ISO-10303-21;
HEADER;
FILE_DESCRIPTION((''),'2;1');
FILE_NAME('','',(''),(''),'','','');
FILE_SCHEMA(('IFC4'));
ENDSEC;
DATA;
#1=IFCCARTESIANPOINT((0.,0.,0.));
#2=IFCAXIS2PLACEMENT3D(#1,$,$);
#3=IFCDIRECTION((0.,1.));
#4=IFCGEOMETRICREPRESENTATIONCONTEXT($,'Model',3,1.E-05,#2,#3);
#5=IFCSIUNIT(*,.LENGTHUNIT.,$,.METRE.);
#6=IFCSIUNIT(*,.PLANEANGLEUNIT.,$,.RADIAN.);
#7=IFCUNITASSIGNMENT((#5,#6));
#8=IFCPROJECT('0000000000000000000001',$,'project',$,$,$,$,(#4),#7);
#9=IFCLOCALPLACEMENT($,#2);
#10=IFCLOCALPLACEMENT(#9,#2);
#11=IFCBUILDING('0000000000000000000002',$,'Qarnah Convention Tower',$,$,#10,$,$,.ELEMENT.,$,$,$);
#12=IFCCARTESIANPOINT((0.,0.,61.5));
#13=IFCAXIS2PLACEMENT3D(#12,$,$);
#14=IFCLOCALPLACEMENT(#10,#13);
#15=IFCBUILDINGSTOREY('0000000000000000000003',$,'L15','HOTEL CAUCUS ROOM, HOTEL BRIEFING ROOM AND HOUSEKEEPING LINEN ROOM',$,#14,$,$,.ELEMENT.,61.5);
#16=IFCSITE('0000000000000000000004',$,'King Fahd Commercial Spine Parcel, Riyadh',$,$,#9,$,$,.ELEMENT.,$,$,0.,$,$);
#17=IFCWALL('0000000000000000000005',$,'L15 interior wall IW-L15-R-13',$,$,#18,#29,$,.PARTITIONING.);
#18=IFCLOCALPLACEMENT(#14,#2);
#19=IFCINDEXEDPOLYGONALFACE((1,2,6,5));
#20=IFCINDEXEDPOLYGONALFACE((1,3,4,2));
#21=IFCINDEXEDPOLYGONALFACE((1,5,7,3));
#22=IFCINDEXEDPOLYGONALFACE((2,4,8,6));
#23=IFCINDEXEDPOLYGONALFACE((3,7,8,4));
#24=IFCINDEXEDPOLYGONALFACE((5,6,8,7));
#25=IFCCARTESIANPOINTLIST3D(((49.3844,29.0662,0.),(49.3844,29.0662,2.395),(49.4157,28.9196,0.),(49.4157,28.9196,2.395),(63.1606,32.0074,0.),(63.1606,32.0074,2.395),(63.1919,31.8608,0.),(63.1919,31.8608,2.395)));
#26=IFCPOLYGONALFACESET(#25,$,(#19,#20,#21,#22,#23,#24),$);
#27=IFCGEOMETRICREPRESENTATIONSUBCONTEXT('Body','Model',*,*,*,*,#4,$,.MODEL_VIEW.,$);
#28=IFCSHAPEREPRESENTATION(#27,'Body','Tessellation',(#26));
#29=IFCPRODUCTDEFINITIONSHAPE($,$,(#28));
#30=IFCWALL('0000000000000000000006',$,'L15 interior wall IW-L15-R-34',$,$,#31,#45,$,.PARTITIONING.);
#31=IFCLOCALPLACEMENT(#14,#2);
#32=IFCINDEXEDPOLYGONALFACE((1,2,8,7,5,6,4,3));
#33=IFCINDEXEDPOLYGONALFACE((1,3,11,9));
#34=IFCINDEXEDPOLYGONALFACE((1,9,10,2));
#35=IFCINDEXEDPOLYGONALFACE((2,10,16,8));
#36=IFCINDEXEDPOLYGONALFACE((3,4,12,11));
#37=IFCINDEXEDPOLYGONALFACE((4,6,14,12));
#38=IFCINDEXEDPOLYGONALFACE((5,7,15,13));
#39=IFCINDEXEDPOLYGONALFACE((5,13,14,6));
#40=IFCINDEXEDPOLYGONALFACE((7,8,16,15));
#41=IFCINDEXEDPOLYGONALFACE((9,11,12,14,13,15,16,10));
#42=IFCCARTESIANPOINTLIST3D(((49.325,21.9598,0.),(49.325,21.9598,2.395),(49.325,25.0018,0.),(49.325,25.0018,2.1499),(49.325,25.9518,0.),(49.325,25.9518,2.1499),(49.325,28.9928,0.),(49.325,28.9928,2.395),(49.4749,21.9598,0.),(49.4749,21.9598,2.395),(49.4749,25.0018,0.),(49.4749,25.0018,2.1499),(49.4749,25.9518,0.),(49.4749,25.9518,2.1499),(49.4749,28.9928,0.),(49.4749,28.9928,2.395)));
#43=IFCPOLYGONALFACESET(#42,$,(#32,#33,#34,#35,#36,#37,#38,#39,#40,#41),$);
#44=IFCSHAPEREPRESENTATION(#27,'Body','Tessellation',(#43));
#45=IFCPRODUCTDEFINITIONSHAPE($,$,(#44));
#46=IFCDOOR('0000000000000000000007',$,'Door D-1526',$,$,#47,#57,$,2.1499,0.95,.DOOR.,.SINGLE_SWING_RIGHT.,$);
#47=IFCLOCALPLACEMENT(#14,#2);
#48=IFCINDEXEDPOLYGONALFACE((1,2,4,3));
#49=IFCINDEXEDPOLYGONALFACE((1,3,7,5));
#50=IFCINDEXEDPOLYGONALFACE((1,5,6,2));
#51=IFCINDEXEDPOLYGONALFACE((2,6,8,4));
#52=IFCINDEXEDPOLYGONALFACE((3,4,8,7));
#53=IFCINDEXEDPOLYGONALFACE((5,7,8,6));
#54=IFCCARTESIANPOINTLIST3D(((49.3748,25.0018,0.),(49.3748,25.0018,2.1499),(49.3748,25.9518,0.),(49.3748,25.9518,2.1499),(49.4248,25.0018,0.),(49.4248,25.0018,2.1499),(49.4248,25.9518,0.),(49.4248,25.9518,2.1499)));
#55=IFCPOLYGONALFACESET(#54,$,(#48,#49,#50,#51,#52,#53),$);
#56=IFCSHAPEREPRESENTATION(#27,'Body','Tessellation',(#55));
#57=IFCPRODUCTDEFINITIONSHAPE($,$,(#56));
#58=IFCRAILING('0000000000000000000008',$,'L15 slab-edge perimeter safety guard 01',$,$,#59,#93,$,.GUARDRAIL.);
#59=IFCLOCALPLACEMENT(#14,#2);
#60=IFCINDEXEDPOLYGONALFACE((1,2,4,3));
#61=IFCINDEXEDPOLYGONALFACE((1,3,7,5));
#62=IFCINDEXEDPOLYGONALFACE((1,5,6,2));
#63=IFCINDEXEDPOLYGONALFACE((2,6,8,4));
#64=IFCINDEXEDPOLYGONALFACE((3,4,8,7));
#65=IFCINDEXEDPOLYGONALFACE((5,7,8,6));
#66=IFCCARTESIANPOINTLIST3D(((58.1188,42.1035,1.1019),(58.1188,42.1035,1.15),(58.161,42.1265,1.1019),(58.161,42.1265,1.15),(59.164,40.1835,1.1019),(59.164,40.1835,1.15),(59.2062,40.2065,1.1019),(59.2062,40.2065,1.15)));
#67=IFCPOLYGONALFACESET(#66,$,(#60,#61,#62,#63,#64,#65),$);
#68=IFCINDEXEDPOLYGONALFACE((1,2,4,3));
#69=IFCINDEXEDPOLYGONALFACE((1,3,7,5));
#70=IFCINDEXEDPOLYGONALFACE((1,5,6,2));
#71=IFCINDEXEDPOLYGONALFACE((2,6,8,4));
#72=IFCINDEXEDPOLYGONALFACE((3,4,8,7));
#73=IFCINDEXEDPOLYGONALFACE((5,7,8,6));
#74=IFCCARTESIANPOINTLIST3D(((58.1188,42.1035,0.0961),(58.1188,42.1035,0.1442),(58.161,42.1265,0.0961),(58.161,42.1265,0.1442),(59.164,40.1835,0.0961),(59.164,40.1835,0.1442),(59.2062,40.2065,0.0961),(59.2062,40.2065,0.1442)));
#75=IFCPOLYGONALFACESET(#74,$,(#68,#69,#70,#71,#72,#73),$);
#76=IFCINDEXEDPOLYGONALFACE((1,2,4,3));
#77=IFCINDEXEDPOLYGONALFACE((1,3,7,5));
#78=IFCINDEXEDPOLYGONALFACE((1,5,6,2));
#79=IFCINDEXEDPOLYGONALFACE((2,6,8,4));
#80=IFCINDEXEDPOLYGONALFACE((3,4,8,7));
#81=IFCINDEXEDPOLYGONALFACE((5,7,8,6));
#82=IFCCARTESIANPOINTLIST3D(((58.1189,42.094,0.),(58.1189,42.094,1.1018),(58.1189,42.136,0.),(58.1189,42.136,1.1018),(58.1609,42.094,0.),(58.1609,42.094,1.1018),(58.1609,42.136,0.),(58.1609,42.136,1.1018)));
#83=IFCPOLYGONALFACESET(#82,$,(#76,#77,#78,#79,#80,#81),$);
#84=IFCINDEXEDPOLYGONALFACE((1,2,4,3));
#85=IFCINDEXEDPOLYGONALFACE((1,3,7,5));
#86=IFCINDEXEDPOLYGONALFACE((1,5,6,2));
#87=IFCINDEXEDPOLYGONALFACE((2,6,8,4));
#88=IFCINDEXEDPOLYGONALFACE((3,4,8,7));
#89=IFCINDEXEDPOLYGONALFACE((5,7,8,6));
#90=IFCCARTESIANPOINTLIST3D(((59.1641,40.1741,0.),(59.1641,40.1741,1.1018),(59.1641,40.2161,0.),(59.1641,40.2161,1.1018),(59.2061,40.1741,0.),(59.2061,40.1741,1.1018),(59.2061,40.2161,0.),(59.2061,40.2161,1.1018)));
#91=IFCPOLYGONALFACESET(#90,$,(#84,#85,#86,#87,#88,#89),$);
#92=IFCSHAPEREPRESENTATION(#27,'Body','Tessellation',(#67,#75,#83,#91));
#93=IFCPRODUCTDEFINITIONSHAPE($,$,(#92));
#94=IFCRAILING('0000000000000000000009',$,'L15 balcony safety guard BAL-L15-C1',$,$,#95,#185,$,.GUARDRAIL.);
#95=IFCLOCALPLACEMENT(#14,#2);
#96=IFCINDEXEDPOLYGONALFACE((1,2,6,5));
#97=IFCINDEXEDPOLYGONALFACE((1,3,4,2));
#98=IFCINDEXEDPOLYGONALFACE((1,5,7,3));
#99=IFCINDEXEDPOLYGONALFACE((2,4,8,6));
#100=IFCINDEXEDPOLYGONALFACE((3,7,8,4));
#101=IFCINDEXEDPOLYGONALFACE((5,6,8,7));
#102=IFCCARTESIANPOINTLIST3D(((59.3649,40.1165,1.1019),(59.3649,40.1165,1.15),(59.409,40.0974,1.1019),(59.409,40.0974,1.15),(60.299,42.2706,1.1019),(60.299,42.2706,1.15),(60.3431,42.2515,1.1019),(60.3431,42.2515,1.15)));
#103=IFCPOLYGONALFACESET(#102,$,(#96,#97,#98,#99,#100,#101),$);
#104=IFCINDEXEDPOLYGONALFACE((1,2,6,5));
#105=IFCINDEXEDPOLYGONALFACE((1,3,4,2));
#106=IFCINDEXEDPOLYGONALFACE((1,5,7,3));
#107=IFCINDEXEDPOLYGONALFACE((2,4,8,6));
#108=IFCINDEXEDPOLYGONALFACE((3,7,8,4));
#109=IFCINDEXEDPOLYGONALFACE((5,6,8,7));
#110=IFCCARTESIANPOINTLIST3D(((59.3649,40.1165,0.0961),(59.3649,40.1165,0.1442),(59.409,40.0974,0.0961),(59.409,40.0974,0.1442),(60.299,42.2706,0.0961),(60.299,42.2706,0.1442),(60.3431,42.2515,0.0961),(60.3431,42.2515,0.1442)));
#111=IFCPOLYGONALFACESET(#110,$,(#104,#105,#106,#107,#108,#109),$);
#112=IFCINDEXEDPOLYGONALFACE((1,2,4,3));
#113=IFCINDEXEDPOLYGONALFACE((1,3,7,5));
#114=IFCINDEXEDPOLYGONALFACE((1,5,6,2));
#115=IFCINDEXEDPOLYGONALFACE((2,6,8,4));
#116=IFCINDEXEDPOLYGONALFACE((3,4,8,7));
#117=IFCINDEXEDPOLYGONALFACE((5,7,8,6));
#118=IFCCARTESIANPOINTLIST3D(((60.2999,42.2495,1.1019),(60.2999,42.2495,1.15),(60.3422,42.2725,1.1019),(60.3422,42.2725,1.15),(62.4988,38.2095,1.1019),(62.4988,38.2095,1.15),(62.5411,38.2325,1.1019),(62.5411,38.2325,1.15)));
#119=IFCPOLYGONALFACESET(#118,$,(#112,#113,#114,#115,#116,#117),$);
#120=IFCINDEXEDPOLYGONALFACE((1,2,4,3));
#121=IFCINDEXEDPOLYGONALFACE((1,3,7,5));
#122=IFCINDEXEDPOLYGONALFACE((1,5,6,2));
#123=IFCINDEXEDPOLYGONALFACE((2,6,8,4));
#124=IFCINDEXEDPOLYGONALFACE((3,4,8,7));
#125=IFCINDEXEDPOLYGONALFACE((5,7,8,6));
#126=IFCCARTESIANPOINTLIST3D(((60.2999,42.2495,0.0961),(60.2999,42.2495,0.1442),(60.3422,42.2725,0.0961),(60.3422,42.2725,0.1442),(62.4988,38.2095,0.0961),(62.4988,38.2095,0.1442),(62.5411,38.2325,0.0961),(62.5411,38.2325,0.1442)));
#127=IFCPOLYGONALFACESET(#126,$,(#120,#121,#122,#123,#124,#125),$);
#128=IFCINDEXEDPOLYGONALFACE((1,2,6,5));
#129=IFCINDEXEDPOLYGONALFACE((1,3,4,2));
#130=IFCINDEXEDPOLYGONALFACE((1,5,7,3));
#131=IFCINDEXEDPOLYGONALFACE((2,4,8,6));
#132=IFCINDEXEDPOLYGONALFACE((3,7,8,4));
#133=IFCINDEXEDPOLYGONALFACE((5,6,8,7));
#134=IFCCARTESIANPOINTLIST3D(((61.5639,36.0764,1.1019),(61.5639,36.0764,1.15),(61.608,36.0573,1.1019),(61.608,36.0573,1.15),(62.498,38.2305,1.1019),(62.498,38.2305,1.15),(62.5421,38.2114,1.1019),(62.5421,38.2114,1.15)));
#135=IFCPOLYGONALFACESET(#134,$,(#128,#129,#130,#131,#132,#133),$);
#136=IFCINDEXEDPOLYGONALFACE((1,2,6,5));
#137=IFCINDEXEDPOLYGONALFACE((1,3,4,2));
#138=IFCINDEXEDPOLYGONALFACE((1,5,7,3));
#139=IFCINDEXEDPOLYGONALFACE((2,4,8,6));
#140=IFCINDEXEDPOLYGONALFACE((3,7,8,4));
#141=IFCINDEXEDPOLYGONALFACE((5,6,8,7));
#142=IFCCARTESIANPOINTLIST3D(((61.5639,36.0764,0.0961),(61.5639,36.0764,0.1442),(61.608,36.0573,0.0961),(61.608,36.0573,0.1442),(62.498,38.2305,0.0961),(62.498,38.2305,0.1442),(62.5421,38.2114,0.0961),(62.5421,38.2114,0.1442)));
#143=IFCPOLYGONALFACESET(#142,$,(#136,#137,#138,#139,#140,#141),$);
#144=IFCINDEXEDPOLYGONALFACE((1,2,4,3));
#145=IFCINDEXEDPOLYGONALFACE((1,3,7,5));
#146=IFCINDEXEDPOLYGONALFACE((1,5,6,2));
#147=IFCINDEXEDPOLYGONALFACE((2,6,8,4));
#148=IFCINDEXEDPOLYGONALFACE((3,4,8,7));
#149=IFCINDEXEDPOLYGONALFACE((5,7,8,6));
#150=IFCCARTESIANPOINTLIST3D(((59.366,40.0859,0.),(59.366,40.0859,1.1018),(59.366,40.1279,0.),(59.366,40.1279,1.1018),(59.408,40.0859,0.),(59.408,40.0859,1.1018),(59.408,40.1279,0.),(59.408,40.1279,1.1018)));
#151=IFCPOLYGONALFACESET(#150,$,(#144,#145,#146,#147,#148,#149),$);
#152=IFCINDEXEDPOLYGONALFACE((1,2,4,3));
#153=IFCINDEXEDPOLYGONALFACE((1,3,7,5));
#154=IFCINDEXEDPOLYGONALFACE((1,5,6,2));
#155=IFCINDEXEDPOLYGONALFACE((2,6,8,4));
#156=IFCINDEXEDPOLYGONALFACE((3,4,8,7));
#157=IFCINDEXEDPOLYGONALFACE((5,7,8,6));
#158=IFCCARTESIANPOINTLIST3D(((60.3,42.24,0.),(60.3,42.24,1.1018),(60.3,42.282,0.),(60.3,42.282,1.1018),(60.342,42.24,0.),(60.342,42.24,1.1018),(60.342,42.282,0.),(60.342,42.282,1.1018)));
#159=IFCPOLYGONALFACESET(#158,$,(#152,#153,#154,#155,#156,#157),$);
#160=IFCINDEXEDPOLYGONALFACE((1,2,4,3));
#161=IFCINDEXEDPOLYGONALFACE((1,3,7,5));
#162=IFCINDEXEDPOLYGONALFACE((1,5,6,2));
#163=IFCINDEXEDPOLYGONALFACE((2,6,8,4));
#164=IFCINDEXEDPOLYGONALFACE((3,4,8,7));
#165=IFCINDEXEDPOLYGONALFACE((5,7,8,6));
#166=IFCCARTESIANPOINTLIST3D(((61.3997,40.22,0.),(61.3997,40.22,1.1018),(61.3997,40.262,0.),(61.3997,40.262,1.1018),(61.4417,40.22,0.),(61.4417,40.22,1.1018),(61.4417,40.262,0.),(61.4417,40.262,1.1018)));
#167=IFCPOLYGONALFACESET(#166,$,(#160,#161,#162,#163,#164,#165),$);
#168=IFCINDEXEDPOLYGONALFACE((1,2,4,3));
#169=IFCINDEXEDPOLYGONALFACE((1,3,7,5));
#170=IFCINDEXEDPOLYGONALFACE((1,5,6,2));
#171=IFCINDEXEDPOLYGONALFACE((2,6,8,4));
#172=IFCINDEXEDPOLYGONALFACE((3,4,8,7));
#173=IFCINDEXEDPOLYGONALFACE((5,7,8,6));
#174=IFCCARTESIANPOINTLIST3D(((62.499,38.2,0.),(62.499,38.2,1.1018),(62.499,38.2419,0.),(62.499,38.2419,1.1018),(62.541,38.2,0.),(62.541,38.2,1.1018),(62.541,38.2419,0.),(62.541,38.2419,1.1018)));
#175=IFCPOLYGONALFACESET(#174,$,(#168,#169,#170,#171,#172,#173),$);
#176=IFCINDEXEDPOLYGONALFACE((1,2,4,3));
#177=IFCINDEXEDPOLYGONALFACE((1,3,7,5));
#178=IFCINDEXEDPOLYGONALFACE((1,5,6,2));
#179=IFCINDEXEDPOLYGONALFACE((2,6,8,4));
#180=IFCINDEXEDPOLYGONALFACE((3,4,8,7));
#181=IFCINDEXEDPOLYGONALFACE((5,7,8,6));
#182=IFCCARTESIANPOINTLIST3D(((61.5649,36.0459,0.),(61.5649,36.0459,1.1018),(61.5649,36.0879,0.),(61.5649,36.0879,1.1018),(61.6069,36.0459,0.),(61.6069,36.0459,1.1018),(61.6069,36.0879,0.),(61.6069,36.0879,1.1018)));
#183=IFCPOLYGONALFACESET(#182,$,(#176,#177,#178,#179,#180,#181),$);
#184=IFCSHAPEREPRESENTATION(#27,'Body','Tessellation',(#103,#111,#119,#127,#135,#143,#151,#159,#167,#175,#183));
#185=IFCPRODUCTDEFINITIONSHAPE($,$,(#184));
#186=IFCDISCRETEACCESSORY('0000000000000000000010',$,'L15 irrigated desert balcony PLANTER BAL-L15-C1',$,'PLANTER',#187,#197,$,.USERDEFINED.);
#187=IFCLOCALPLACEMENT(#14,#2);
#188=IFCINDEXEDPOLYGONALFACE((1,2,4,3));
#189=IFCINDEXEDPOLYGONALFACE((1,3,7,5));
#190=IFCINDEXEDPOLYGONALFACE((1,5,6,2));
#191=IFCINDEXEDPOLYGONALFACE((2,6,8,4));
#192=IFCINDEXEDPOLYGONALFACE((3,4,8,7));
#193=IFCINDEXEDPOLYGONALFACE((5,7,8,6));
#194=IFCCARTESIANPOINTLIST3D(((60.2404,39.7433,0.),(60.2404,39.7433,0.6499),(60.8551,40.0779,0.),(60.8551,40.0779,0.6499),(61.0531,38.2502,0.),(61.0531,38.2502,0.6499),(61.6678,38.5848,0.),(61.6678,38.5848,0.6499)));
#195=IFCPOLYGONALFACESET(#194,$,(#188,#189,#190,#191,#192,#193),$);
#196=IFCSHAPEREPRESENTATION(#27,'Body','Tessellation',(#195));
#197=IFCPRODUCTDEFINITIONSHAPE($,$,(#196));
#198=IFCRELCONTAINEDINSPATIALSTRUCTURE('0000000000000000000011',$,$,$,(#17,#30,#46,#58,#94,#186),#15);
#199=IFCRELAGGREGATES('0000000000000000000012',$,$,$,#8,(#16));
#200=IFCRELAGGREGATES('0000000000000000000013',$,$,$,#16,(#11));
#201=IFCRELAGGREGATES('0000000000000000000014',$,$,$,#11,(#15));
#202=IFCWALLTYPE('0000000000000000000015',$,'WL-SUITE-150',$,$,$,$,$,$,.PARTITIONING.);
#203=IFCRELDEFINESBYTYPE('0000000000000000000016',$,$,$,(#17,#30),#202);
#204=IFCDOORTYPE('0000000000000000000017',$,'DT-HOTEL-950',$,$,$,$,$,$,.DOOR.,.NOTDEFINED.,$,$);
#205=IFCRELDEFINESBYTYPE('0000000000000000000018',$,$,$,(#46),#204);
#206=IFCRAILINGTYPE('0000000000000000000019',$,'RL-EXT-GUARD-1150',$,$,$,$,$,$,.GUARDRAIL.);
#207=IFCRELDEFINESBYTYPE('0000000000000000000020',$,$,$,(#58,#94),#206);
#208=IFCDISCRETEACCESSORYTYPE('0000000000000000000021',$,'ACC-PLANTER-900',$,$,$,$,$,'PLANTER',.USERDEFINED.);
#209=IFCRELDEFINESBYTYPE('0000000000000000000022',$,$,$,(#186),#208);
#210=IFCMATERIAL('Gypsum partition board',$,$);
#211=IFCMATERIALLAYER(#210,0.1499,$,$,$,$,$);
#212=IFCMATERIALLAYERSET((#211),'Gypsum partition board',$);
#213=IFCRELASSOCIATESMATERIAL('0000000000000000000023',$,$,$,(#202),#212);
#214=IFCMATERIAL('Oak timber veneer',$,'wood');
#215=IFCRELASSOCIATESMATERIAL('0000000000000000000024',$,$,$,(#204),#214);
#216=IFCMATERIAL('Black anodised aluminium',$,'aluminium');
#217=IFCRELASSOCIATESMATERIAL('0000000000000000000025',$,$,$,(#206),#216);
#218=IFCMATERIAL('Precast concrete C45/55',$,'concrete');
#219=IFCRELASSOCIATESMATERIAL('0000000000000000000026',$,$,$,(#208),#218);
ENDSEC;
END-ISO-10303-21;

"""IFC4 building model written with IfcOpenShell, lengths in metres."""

from ifc_helpers import new_model, si_unit, direction, frame, frame_2d, origin, origin_2d, place, context, subcontext, project, spatial, rectangle, extrude, material, layer, layer_set, type_object, element, fill, save


model = new_model("IFC4")

# Units and contexts
model_context = context("Model", 3, precision=1e-05, world=origin(), true_north=direction((0.0, 1.0)))
body_context = subcontext(model_context, "Body", "Model", "MODEL_VIEW")
ifc_project = project(units=[si_unit("LENGTHUNIT", "METRE"), si_unit("PLANEANGLEUNIT", "RADIAN")], contexts=[model_context])

# Site, building, storey
site_placement = place(None, origin())
site = spatial("IfcSite", under=ifc_project, at=site_placement, Name="King Fahd Commercial Spine Parcel, Riyadh", CompositionType="ELEMENT", RefElevation=0.0)
building_placement = place(site_placement, origin())
building = spatial("IfcBuilding", under=site, at=building_placement, Name="Qarnah Convention Tower", CompositionType="ELEMENT")
storey_placement = place(building_placement, frame((0.0, 0.0, 61.5)))
storey = spatial("IfcBuildingStorey", under=building, at=storey_placement, Name="L15", Description="HOTEL CAUCUS ROOM, HOTEL BRIEFING ROOM AND HOUSEKEEPING LINEN ROOM", CompositionType="ELEMENT", Elevation=61.5)

# Shared definitions
ifc_material_1 = material(Name="Black anodised aluminium", Category="aluminium")

# Shared definitions
ifc_material_2 = material(Name="Precast concrete C45/55", Category="concrete")

# Wall
ifc_material_3 = material(Name="Gypsum partition board")
ifc_layer_1 = layer(ifc_material_3, 0.1499)
ifc_layer_set_1 = layer_set([ifc_layer_1], Name="Gypsum partition board")
wall_type_1 = type_object("IfcWallType", Name="WL-SUITE-150", PredefinedType="PARTITIONING", material=ifc_layer_set_1)
wall_1_placement = place(storey_placement, frame((49.3999, 28.9929, 0.0), z_axis=(0.0, 0.0, 1.0), x_axis=(0.97796, 0.208792, 0.0)))
element("IfcWall", 1, at=wall_1_placement, inside=storey, type_object=wall_type_1, Name="L15 interior wall IW-L15-R-13", PredefinedType="PARTITIONING", context=body_context, shape_type="SweptSolid", body=[
    extrude(rectangle(XDim=14.0867, YDim=0.1499, at=frame_2d((7.0435, 0.0))), origin(), (0.0, 0.0, 1.0), 2.395),
])

# Wall, opening, door
wall_2_placement = place(storey_placement, frame((49.3999, 28.9929, 0.0), z_axis=(0.0, 0.0, 1.0), x_axis=(0.0, -1.0, 0.0)))
wall_2 = element("IfcWall", 2, at=wall_2_placement, inside=storey, type_object=wall_type_1, Name="L15 interior wall IW-L15-R-34", PredefinedType="PARTITIONING", context=body_context, shape_type="SweptSolid", body=[
    extrude(rectangle(XDim=7.033, YDim=0.1499, at=frame_2d((3.5166, 0.0))), origin(), (0.0, 0.0, 1.0), 2.395),
])
opening_1_placement = place(wall_2_placement, frame((3.041, 0.0, 0.0)))
opening_1 = element("IfcOpeningElement", 3, at=opening_1_placement, cuts=wall_2, PredefinedType="OPENING", context=body_context, shape_type="SweptSolid", body=[
    extrude(rectangle(XDim=0.95, YDim=2.1499, at=frame_2d((0.4751, 1.075))), frame((0.0, 0.085, 0.0), z_axis=(0.0, -1.0, 0.0), x_axis=(1.0, 0.0, 0.0)), (0.0, 0.0, 1.0), 0.1699),
])
ifc_material_4 = material(Name="Oak timber veneer", Category="wood")
door_type_1 = type_object("IfcDoorType", Name="DT-HOTEL-950", OperationType="NOTDEFINED", PredefinedType="DOOR", material=ifc_material_4)
door_1_placement = place(opening_1_placement, origin())
door_1 = element("IfcDoor", 4, at=door_1_placement, inside=storey, type_object=door_type_1, Name="Door D-1526", OperationType="SINGLE_SWING_RIGHT", OverallHeight=2.1499, OverallWidth=0.95, PredefinedType="DOOR", context=body_context, shape_type="SweptSolid", body=[
    extrude(rectangle(XDim=0.95, YDim=2.1499, at=frame_2d((0.4751, 1.075))), frame((0.0, 0.0249, 0.0), z_axis=(0.0, -1.0, 0.0), x_axis=(1.0, 0.0, 0.0)), (0.0, 0.0, 1.0), 0.05),
])
fill(opening_1, door_1)

# Railings
railing_type = type_object("IfcRailingType", Name="RL-EXT-GUARD-1150", PredefinedType="GUARDRAIL", material=ifc_material_1)
railing_1_placement = place(storey_placement, frame((58.1399, 42.115, 0.0)))
element("IfcRailing", 5, at=railing_1_placement, inside=storey, type_object=railing_type, Name="L15 slab-edge perimeter safety guard 01", PredefinedType="GUARDRAIL", context=body_context, shape_type="SweptSolid", body=[
    extrude(rectangle(XDim=0.0481, YDim=0.0481, at=origin_2d()), frame((0.0, 0.0, 1.126), z_axis=(0.478124, -0.878292, 0.0), x_axis=(0.878292, 0.478124, 0.0)), (0.0, 0.0, 1.0), 2.186),
    extrude(rectangle(XDim=0.0481, YDim=0.0481, at=origin_2d()), frame((0.0, 0.0, 0.1201), z_axis=(0.478124, -0.878292, 0.0), x_axis=(0.878292, 0.478124, 0.0)), (0.0, 0.0, 1.0), 2.186),
    extrude(rectangle(XDim=0.042, YDim=0.042, at=origin_2d()), origin(), (0.0, 0.0, 1.0), 1.1018),
    extrude(rectangle(XDim=0.042, YDim=0.042, at=origin_2d()), frame((1.0452, -1.9199, 0.0)), (0.0, 0.0, 1.0), 1.1018),
])
railing_2_placement = place(storey_placement, frame((59.387, 40.1069, 0.0)))
element("IfcRailing", 6, at=railing_2_placement, inside=storey, type_object=railing_type, Name="L15 balcony safety guard BAL-L15-C1", PredefinedType="GUARDRAIL", context=body_context, shape_type="SweptSolid", body=[
    extrude(rectangle(XDim=0.0481, YDim=0.0481, at=origin_2d()), frame((0.0, 0.0, 1.126), z_axis=(0.397844, 0.917453, 0.0), x_axis=(-0.917453, 0.397844, 0.0)), (0.0, 0.0, 1.0), 2.3479),
    extrude(rectangle(XDim=0.0481, YDim=0.0481, at=origin_2d()), frame((0.0, 0.0, 0.1201), z_axis=(0.397844, 0.917453, 0.0), x_axis=(-0.917453, 0.397844, 0.0)), (0.0, 0.0, 1.0), 2.3479),
    extrude(rectangle(XDim=0.0481, YDim=0.0481, at=origin_2d()), frame((0.9341, 2.1541, 1.126), z_axis=(0.478067, -0.878323, 0.0), x_axis=(0.878323, 0.478067, 0.0)), (0.0, 0.0, 1.0), 4.5996),
    extrude(rectangle(XDim=0.0481, YDim=0.0481, at=origin_2d()), frame((0.9341, 2.1541, 0.1201), z_axis=(0.478067, -0.878323, 0.0), x_axis=(0.878323, 0.478067, 0.0)), (0.0, 0.0, 1.0), 4.5996),
    extrude(rectangle(XDim=0.0481, YDim=0.0481, at=origin_2d()), frame((3.1331, -1.886, 1.126), z_axis=(-0.397844, -0.917453, 0.0), x_axis=(0.917453, -0.397844, 0.0)), (0.0, 0.0, 1.0), 2.3479),
    extrude(rectangle(XDim=0.0481, YDim=0.0481, at=origin_2d()), frame((3.1331, -1.886, 0.1201), z_axis=(-0.397844, -0.917453, 0.0), x_axis=(0.917453, -0.397844, 0.0)), (0.0, 0.0, 1.0), 2.3479),
    extrude(rectangle(XDim=0.042, YDim=0.042, at=origin_2d()), origin(), (0.0, 0.0, 1.0), 1.1018),
    extrude(rectangle(XDim=0.042, YDim=0.042, at=origin_2d()), frame((0.9341, 2.1541, 0.0)), (0.0, 0.0, 1.0), 1.1018),
    extrude(rectangle(XDim=0.042, YDim=0.042, at=origin_2d()), frame((2.0337, 0.134, 0.0)), (0.0, 0.0, 1.0), 1.1018),
    extrude(rectangle(XDim=0.042, YDim=0.042, at=origin_2d()), frame((3.1331, -1.886, 0.0)), (0.0, 0.0, 1.0), 1.1018),
    extrude(rectangle(XDim=0.042, YDim=0.042, at=origin_2d()), frame((2.199, -4.04, 0.0)), (0.0, 0.0, 1.0), 1.1018),
])

# Discrete accessory
discrete_accessory_type = type_object("IfcDiscreteAccessoryType", Name="ACC-PLANTER-900", ElementType="PLANTER", PredefinedType="USERDEFINED", material=ifc_material_2)
discrete_accessory_placement = place(storey_placement, frame((60.9541, 39.1641, 0.0), z_axis=(0.0, 0.0, 1.0), x_axis=(-0.478079, 0.878317, 0.0)))
element("IfcDiscreteAccessory", 7, at=discrete_accessory_placement, inside=storey, type_object=discrete_accessory_type, Name="L15 irrigated desert balcony PLANTER BAL-L15-C1", ObjectType="PLANTER", PredefinedType="USERDEFINED", context=body_context, shape_type="SweptSolid", body=[
    extrude(rectangle(XDim=1.7, YDim=0.7, at=origin_2d()), origin(), (0.0, 0.0, 1.0), 0.6499),
])

save(model, "model.ifc")
